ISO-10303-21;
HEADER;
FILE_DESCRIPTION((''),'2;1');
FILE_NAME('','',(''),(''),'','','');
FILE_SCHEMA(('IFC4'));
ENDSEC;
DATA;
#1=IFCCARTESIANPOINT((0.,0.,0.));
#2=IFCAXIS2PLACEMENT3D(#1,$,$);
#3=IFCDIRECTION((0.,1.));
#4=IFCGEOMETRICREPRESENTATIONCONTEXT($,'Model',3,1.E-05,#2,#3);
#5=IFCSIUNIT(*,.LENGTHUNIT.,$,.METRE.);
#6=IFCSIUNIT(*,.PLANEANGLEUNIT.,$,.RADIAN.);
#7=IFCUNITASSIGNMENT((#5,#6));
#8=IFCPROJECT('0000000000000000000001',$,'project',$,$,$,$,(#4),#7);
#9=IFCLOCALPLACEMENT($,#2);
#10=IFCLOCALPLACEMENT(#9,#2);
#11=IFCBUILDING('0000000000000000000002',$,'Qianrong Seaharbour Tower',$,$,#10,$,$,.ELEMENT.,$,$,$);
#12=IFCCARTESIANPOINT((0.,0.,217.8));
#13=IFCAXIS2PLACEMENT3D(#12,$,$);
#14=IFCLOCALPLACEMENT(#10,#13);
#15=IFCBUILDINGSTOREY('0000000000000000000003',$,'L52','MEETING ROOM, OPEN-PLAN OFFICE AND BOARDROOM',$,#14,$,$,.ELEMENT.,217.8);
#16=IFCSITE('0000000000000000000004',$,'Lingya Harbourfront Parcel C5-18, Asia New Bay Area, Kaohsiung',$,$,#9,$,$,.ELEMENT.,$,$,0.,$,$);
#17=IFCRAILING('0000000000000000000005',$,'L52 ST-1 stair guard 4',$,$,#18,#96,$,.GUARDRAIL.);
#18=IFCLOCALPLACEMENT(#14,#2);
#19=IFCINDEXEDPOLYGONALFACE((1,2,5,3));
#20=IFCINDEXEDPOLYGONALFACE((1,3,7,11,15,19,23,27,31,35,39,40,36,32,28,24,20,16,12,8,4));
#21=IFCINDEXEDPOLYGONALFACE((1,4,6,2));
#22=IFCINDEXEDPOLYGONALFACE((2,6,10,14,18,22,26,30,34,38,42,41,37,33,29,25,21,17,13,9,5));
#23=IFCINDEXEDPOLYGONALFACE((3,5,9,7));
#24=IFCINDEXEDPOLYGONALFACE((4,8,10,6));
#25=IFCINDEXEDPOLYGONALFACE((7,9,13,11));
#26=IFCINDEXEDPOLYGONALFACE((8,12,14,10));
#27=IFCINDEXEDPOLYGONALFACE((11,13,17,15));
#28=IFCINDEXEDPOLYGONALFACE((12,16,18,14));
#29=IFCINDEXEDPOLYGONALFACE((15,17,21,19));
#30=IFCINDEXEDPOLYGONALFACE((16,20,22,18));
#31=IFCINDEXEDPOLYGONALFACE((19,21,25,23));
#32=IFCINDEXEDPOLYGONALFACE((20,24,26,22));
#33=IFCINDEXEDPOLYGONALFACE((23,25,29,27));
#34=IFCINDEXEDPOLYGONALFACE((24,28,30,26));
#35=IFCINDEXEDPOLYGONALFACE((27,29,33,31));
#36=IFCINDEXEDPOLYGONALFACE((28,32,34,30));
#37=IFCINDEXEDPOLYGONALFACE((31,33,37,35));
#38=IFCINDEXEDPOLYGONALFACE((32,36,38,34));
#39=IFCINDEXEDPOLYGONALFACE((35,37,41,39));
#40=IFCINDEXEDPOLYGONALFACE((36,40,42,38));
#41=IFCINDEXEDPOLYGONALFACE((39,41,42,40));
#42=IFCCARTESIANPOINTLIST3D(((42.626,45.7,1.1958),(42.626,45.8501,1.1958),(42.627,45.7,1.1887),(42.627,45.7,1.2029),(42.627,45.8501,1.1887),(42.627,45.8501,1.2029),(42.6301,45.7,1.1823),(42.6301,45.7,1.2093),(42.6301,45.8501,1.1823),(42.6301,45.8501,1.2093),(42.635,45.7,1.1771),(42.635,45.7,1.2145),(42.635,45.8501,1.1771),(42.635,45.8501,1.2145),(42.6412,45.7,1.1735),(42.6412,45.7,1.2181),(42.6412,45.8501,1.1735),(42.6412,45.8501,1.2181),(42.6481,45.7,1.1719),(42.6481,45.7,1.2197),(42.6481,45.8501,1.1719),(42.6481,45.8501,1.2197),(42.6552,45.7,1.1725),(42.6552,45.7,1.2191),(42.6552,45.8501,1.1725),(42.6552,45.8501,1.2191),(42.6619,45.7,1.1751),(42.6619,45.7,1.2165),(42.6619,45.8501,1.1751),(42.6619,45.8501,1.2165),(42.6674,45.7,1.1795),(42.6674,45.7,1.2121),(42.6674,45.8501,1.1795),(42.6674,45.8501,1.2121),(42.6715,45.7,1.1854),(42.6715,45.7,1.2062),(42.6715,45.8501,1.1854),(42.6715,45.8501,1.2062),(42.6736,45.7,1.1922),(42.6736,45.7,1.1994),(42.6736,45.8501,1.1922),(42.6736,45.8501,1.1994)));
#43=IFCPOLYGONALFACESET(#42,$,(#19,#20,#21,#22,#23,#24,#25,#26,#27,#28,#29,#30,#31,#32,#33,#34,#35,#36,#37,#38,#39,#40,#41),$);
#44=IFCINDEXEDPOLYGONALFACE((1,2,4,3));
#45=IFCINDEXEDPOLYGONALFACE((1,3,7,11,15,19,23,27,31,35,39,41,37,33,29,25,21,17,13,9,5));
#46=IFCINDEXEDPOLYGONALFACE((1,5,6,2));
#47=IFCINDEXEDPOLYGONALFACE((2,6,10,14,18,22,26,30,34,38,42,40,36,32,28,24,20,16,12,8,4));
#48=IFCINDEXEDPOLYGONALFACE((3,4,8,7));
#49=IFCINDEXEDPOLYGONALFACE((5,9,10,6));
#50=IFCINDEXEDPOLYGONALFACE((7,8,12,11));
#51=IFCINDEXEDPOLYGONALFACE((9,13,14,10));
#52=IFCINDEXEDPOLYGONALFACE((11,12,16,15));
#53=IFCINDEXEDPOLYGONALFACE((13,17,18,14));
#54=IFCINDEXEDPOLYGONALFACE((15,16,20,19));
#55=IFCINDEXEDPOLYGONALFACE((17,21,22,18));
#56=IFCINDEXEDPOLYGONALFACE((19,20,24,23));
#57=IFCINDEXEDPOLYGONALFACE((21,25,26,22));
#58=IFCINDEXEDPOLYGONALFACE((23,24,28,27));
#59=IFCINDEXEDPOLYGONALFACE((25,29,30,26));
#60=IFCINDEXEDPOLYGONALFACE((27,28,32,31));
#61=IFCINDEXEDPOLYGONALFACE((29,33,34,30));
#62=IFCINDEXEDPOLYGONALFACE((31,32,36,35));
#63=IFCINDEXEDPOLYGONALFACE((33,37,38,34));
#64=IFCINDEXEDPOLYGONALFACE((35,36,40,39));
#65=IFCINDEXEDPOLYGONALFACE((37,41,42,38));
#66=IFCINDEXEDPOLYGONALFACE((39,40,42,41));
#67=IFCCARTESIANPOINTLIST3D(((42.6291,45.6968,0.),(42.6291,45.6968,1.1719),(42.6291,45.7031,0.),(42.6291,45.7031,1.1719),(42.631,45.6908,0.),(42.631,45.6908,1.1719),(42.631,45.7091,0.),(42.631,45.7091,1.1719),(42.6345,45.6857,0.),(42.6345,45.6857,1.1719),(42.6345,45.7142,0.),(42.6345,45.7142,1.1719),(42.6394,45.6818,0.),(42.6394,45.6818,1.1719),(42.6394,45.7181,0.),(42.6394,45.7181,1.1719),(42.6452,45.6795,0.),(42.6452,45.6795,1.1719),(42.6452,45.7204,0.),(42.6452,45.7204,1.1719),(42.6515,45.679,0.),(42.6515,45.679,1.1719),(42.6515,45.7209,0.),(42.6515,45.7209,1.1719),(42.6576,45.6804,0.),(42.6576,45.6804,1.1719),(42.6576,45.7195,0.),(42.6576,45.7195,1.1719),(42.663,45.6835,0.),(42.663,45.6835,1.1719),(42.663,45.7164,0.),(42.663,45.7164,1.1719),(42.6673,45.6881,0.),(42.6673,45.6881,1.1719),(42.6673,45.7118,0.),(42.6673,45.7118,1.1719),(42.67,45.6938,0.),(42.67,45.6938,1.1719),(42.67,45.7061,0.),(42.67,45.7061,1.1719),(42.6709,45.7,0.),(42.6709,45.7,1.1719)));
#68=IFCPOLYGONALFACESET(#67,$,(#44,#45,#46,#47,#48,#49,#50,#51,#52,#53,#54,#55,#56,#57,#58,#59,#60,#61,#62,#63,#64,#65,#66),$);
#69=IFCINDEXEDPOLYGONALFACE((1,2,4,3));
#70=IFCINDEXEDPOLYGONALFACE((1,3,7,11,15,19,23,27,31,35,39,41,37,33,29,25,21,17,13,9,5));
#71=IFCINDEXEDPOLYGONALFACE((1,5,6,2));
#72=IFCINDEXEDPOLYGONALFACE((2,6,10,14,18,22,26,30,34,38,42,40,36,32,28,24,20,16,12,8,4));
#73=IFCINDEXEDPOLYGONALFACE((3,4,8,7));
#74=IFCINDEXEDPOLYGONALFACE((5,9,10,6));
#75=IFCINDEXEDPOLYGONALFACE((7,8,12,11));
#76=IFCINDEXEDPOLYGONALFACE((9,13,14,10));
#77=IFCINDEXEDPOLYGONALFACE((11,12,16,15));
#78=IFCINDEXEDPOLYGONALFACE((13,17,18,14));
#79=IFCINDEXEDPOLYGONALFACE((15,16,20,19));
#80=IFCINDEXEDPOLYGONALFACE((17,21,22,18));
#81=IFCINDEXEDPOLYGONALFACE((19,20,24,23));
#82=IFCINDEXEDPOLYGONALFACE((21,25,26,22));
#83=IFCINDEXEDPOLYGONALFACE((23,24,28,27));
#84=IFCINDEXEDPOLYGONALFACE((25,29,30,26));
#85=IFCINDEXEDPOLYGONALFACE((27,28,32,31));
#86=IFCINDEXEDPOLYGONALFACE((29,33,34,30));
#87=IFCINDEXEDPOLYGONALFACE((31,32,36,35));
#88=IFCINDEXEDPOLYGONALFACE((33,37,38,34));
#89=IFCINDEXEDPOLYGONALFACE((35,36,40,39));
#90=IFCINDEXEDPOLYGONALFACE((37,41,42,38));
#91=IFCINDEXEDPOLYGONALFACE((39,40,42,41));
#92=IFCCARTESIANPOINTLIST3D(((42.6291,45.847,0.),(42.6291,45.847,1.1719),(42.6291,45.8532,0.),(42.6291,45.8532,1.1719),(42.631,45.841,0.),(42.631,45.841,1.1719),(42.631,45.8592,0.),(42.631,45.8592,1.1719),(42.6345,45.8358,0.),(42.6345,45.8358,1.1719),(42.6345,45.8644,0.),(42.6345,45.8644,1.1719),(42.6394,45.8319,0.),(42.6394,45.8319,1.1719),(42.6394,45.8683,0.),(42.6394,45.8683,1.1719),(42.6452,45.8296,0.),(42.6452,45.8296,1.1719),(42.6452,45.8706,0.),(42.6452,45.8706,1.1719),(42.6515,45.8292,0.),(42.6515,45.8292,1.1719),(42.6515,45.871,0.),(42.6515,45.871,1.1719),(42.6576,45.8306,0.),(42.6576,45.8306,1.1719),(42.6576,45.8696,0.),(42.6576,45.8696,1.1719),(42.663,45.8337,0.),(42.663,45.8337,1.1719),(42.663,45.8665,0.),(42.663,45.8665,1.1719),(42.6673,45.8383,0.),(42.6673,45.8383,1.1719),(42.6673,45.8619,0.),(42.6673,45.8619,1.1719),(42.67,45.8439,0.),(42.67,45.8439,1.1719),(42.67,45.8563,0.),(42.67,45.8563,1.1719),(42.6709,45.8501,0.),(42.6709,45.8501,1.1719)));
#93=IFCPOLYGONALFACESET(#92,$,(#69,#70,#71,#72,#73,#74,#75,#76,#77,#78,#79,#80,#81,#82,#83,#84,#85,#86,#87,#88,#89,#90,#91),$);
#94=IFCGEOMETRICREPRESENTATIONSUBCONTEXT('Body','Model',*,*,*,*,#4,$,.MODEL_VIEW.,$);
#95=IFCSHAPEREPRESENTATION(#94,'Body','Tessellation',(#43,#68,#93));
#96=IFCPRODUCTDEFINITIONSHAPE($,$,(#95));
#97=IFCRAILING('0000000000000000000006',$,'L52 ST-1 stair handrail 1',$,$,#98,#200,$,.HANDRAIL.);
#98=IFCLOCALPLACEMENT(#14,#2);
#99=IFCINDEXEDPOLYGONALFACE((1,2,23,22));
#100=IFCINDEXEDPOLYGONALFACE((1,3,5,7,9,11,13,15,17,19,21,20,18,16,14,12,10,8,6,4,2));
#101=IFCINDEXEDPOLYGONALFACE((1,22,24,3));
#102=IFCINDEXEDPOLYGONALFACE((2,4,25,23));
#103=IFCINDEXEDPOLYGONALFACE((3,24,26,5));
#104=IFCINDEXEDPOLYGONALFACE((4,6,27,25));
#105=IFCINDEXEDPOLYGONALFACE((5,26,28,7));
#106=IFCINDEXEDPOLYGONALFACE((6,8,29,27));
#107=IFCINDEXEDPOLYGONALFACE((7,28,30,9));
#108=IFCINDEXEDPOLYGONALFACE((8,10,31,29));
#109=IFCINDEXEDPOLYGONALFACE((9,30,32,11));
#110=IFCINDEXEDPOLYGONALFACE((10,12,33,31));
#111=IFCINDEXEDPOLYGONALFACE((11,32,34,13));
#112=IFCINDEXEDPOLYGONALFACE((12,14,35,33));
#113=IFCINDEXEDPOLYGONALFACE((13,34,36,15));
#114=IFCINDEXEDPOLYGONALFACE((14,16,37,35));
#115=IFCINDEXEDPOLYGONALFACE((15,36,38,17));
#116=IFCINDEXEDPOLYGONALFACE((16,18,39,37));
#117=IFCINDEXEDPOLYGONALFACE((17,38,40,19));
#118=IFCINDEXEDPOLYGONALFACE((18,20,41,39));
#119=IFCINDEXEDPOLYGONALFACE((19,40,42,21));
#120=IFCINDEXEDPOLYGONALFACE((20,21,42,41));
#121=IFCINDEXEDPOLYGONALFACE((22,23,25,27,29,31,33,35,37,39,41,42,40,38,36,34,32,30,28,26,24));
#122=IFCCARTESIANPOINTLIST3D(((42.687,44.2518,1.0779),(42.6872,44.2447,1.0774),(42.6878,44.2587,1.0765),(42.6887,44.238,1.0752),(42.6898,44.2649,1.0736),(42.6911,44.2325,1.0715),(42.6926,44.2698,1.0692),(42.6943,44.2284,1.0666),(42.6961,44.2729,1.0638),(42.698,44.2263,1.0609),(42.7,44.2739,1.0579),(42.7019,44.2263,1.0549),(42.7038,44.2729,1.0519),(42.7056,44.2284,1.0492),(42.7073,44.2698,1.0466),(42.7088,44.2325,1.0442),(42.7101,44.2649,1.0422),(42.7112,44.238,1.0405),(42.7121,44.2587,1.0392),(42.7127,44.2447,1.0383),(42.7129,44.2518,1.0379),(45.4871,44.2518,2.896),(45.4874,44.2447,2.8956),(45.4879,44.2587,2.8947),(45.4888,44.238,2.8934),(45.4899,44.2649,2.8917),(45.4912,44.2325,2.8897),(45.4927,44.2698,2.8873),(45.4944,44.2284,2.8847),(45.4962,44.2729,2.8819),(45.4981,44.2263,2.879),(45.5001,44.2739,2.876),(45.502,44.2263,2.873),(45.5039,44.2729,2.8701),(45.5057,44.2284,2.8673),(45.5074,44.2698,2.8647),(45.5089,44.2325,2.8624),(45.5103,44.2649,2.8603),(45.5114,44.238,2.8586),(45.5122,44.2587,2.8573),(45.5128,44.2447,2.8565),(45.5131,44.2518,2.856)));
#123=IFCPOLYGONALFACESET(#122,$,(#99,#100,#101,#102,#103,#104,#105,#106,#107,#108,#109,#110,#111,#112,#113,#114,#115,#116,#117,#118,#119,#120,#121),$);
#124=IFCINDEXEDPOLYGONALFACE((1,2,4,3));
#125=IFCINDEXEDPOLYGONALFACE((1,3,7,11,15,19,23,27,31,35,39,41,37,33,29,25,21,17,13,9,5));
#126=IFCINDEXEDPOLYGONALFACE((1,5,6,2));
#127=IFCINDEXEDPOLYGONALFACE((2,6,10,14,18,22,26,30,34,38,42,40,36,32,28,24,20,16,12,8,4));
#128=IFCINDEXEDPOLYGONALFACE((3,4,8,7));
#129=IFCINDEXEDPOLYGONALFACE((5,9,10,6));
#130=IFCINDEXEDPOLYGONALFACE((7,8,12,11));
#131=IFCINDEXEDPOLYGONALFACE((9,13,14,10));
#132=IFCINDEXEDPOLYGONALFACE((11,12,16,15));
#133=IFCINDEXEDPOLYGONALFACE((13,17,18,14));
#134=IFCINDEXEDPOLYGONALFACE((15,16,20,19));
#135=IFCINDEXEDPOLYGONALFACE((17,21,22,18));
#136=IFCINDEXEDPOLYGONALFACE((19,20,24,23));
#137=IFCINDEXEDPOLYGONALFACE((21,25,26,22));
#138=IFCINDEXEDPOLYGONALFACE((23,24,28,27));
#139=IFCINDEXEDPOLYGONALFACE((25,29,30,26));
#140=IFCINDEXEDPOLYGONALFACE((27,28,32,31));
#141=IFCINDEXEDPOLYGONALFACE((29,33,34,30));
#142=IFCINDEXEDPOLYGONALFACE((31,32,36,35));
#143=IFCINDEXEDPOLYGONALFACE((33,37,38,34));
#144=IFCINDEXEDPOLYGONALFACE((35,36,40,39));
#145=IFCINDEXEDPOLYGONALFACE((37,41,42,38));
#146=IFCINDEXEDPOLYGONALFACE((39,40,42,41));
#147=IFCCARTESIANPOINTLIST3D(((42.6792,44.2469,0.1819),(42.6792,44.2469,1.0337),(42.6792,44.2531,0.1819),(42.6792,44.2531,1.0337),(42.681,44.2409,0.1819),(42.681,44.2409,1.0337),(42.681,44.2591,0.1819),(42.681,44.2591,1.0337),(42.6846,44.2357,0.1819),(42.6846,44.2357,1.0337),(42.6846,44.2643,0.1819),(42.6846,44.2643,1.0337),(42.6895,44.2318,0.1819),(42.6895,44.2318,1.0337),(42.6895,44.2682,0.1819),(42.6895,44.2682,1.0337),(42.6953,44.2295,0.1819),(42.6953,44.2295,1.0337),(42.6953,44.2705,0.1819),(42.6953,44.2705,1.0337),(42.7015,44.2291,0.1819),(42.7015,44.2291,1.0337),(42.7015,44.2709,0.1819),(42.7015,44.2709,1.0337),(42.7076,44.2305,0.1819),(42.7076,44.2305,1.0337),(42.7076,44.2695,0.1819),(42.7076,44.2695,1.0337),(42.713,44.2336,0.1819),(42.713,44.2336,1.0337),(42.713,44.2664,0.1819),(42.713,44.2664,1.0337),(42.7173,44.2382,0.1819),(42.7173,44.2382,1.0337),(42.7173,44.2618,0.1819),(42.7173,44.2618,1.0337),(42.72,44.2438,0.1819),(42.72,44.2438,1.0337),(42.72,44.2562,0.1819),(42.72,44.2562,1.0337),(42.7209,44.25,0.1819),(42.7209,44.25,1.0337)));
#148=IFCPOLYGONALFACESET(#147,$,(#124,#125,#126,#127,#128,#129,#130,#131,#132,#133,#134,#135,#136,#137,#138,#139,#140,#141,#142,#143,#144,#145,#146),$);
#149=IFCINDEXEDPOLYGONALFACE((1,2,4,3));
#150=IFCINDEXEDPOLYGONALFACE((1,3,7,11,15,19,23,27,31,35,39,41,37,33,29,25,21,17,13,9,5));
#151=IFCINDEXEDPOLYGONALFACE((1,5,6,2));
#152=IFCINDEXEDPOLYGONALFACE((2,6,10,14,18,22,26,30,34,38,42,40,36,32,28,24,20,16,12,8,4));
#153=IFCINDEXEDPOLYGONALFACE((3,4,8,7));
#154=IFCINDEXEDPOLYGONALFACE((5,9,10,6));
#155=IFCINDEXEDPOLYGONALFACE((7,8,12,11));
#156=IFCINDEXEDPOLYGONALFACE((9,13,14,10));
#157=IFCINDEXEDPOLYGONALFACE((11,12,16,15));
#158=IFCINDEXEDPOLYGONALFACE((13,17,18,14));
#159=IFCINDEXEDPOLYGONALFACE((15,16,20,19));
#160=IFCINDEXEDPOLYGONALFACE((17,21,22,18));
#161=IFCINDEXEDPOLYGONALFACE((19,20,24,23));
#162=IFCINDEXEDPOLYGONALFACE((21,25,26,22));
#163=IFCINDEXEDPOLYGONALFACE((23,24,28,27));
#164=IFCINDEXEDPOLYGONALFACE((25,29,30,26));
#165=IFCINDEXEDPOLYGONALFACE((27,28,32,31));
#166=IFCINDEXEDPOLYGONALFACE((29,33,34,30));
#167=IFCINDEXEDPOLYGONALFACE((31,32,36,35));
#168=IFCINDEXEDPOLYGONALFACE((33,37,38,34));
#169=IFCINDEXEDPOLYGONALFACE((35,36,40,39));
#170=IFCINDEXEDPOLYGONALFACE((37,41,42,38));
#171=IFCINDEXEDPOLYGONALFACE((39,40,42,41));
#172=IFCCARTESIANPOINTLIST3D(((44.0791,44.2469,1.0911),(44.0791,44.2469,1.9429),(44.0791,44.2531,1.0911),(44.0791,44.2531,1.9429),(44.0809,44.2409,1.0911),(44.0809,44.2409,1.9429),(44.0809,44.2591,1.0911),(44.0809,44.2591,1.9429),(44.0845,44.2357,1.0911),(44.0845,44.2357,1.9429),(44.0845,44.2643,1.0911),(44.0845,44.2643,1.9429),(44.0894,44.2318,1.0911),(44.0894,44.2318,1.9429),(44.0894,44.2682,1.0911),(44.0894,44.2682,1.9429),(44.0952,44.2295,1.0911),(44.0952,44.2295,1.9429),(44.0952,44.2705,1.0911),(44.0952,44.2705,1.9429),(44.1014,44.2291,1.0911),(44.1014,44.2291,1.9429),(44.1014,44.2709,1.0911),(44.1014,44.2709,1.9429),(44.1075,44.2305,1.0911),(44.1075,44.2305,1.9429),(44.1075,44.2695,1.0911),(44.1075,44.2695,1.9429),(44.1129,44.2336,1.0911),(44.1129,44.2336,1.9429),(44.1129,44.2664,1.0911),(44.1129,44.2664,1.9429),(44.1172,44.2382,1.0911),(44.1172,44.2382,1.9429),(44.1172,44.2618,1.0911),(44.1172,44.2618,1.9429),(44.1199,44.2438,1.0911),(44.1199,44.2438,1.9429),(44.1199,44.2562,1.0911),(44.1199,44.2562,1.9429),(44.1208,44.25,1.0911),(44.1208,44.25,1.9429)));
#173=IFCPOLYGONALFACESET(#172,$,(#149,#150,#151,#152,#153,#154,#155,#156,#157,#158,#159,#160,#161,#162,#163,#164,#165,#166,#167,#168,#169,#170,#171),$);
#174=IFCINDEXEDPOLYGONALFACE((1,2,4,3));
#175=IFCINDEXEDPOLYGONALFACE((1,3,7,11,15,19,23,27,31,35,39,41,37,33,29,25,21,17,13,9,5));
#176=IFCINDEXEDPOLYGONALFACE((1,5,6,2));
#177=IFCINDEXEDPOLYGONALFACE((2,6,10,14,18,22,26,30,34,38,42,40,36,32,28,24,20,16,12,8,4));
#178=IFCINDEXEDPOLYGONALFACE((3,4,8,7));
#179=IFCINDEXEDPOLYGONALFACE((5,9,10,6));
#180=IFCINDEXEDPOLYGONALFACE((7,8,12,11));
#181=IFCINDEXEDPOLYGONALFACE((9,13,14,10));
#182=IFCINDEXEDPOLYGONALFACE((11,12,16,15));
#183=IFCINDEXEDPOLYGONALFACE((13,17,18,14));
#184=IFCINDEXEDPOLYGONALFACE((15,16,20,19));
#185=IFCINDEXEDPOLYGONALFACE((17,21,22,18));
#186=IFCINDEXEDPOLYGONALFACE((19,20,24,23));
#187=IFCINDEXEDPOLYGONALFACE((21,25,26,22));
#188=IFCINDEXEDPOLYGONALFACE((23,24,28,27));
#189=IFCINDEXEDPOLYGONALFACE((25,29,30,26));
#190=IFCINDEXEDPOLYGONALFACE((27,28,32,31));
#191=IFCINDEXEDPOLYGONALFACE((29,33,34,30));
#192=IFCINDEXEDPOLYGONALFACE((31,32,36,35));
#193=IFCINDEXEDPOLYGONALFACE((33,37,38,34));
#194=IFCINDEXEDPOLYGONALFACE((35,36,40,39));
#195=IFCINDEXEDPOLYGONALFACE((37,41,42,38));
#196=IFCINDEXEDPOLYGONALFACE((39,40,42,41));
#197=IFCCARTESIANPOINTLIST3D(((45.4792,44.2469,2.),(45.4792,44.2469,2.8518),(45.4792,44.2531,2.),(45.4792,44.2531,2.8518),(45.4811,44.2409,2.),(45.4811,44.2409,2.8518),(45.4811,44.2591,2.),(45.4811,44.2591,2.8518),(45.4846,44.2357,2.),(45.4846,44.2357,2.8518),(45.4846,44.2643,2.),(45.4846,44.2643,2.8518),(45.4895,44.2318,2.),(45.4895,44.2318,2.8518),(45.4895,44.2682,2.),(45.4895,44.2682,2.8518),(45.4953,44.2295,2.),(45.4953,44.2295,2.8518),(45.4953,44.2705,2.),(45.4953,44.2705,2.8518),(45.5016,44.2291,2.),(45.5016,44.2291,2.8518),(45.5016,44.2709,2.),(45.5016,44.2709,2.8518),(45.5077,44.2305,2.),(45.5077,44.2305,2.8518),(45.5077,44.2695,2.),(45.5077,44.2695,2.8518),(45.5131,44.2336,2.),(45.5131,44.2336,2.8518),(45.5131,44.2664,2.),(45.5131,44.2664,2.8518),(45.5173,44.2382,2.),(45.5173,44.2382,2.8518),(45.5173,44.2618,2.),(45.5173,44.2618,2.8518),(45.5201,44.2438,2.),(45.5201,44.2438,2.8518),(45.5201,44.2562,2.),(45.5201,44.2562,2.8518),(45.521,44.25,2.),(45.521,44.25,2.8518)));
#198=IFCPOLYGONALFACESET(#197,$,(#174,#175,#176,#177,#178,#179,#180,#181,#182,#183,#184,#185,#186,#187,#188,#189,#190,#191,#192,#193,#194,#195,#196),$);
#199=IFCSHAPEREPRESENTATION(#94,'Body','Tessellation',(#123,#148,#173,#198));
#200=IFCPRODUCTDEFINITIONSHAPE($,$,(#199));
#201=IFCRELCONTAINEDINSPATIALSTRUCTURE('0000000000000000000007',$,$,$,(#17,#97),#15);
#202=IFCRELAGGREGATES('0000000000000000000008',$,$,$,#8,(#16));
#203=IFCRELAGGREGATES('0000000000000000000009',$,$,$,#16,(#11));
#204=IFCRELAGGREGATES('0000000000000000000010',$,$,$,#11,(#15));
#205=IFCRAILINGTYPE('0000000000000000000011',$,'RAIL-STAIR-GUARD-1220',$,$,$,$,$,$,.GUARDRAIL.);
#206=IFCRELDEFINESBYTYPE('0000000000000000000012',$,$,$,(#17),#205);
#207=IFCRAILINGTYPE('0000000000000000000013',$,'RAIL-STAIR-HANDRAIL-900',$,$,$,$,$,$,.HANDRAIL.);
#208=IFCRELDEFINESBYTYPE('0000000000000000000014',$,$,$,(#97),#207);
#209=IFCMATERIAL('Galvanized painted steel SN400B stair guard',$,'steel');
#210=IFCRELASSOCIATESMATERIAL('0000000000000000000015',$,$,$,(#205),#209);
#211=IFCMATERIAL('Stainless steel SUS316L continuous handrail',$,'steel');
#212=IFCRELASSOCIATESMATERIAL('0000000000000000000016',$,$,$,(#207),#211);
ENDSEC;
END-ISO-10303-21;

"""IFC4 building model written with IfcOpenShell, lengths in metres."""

from ifc_helpers import new_model, si_unit, direction, frame, origin, origin_2d, place, context, subcontext, project, spatial, circle, extrude, material, type_object, element, save


model = new_model("IFC4")

# Units and contexts
model_context = context("Model", 3, precision=1e-05, world=origin(), true_north=direction((0.0, 1.0)))
body_context = subcontext(model_context, "Body", "Model", "MODEL_VIEW")
ifc_project = project(units=[si_unit("LENGTHUNIT", "METRE"), si_unit("PLANEANGLEUNIT", "RADIAN")], contexts=[model_context])

# Site, building, storey
site_placement = place(None, origin())
site = spatial("IfcSite", under=ifc_project, at=site_placement, Name="Lingya Harbourfront Parcel C5-18, Asia New Bay Area, Kaohsiung", CompositionType="ELEMENT", RefElevation=0.0)
building_placement = place(site_placement, origin())
building = spatial("IfcBuilding", under=site, at=building_placement, Name="Qianrong Seaharbour Tower", CompositionType="ELEMENT")
storey_placement = place(building_placement, frame((0.0, 0.0, 217.8)))
storey = spatial("IfcBuildingStorey", under=building, at=storey_placement, Name="L52", Description="MEETING ROOM, OPEN-PLAN OFFICE AND BOARDROOM", CompositionType="ELEMENT", Elevation=217.8)

# Railings
ifc_material_1 = material(Name="Galvanized painted steel SN400B stair guard", Category="steel")
railing_type_1 = type_object("IfcRailingType", Name="RAIL-STAIR-GUARD-1220", PredefinedType="GUARDRAIL", material=ifc_material_1)
railing_1_placement = place(storey_placement, frame((42.6499, 45.7, 0.0)))
element("IfcRailing", 1, at=railing_1_placement, inside=storey, type_object=railing_type_1, Name="L52 ST-1 stair guard 4", PredefinedType="GUARDRAIL", context=body_context, shape_type="SweptSolid", body=[
    extrude(circle(Radius=0.0239, at=origin_2d()), frame((0.0, 0.0, 1.1958), z_axis=(0.0, 1.0, 0.0), x_axis=(-1.0, 0.0, 0.0)), (0.0, 0.0, 1.0), 0.1501),
    extrude(circle(Radius=0.021, at=origin_2d()), origin(), (0.0, 0.0, 1.0), 1.1719),
    extrude(circle(Radius=0.021, at=origin_2d()), frame((0.0, 0.1501, 0.0)), (0.0, 0.0, 1.0), 1.1719),
])
ifc_material_2 = material(Name="Stainless steel SUS316L continuous handrail", Category="steel")
railing_type_2 = type_object("IfcRailingType", Name="RAIL-STAIR-HANDRAIL-900", PredefinedType="HANDRAIL", material=ifc_material_2)
railing_2_placement = place(storey_placement, frame((42.7, 44.25, 0.1819)))
element("IfcRailing", 2, at=railing_2_placement, inside=storey, type_object=railing_type_2, Name="L52 ST-1 stair handrail 1", PredefinedType="HANDRAIL", context=body_context, shape_type="SweptSolid", body=[
    extrude(circle(Radius=0.0239, at=origin_2d()), frame((0.0, 0.0, 0.876), z_axis=(0.838706, 0.0, 0.544585), x_axis=(0.0, 1.0, 0.0)), (0.0, 0.0, 1.0), 3.3386),
    extrude(circle(Radius=0.021, at=origin_2d()), origin(), (0.0, 0.0, 1.0), 0.8518),
    extrude(circle(Radius=0.021, at=origin_2d()), frame((1.3999, 0.0, 0.9092)), (0.0, 0.0, 1.0), 0.8518),
    extrude(circle(Radius=0.021, at=origin_2d()), frame((2.8, 0.0, 1.8181)), (0.0, 0.0, 1.0), 0.8518),
])

save(model, "model.ifc")
